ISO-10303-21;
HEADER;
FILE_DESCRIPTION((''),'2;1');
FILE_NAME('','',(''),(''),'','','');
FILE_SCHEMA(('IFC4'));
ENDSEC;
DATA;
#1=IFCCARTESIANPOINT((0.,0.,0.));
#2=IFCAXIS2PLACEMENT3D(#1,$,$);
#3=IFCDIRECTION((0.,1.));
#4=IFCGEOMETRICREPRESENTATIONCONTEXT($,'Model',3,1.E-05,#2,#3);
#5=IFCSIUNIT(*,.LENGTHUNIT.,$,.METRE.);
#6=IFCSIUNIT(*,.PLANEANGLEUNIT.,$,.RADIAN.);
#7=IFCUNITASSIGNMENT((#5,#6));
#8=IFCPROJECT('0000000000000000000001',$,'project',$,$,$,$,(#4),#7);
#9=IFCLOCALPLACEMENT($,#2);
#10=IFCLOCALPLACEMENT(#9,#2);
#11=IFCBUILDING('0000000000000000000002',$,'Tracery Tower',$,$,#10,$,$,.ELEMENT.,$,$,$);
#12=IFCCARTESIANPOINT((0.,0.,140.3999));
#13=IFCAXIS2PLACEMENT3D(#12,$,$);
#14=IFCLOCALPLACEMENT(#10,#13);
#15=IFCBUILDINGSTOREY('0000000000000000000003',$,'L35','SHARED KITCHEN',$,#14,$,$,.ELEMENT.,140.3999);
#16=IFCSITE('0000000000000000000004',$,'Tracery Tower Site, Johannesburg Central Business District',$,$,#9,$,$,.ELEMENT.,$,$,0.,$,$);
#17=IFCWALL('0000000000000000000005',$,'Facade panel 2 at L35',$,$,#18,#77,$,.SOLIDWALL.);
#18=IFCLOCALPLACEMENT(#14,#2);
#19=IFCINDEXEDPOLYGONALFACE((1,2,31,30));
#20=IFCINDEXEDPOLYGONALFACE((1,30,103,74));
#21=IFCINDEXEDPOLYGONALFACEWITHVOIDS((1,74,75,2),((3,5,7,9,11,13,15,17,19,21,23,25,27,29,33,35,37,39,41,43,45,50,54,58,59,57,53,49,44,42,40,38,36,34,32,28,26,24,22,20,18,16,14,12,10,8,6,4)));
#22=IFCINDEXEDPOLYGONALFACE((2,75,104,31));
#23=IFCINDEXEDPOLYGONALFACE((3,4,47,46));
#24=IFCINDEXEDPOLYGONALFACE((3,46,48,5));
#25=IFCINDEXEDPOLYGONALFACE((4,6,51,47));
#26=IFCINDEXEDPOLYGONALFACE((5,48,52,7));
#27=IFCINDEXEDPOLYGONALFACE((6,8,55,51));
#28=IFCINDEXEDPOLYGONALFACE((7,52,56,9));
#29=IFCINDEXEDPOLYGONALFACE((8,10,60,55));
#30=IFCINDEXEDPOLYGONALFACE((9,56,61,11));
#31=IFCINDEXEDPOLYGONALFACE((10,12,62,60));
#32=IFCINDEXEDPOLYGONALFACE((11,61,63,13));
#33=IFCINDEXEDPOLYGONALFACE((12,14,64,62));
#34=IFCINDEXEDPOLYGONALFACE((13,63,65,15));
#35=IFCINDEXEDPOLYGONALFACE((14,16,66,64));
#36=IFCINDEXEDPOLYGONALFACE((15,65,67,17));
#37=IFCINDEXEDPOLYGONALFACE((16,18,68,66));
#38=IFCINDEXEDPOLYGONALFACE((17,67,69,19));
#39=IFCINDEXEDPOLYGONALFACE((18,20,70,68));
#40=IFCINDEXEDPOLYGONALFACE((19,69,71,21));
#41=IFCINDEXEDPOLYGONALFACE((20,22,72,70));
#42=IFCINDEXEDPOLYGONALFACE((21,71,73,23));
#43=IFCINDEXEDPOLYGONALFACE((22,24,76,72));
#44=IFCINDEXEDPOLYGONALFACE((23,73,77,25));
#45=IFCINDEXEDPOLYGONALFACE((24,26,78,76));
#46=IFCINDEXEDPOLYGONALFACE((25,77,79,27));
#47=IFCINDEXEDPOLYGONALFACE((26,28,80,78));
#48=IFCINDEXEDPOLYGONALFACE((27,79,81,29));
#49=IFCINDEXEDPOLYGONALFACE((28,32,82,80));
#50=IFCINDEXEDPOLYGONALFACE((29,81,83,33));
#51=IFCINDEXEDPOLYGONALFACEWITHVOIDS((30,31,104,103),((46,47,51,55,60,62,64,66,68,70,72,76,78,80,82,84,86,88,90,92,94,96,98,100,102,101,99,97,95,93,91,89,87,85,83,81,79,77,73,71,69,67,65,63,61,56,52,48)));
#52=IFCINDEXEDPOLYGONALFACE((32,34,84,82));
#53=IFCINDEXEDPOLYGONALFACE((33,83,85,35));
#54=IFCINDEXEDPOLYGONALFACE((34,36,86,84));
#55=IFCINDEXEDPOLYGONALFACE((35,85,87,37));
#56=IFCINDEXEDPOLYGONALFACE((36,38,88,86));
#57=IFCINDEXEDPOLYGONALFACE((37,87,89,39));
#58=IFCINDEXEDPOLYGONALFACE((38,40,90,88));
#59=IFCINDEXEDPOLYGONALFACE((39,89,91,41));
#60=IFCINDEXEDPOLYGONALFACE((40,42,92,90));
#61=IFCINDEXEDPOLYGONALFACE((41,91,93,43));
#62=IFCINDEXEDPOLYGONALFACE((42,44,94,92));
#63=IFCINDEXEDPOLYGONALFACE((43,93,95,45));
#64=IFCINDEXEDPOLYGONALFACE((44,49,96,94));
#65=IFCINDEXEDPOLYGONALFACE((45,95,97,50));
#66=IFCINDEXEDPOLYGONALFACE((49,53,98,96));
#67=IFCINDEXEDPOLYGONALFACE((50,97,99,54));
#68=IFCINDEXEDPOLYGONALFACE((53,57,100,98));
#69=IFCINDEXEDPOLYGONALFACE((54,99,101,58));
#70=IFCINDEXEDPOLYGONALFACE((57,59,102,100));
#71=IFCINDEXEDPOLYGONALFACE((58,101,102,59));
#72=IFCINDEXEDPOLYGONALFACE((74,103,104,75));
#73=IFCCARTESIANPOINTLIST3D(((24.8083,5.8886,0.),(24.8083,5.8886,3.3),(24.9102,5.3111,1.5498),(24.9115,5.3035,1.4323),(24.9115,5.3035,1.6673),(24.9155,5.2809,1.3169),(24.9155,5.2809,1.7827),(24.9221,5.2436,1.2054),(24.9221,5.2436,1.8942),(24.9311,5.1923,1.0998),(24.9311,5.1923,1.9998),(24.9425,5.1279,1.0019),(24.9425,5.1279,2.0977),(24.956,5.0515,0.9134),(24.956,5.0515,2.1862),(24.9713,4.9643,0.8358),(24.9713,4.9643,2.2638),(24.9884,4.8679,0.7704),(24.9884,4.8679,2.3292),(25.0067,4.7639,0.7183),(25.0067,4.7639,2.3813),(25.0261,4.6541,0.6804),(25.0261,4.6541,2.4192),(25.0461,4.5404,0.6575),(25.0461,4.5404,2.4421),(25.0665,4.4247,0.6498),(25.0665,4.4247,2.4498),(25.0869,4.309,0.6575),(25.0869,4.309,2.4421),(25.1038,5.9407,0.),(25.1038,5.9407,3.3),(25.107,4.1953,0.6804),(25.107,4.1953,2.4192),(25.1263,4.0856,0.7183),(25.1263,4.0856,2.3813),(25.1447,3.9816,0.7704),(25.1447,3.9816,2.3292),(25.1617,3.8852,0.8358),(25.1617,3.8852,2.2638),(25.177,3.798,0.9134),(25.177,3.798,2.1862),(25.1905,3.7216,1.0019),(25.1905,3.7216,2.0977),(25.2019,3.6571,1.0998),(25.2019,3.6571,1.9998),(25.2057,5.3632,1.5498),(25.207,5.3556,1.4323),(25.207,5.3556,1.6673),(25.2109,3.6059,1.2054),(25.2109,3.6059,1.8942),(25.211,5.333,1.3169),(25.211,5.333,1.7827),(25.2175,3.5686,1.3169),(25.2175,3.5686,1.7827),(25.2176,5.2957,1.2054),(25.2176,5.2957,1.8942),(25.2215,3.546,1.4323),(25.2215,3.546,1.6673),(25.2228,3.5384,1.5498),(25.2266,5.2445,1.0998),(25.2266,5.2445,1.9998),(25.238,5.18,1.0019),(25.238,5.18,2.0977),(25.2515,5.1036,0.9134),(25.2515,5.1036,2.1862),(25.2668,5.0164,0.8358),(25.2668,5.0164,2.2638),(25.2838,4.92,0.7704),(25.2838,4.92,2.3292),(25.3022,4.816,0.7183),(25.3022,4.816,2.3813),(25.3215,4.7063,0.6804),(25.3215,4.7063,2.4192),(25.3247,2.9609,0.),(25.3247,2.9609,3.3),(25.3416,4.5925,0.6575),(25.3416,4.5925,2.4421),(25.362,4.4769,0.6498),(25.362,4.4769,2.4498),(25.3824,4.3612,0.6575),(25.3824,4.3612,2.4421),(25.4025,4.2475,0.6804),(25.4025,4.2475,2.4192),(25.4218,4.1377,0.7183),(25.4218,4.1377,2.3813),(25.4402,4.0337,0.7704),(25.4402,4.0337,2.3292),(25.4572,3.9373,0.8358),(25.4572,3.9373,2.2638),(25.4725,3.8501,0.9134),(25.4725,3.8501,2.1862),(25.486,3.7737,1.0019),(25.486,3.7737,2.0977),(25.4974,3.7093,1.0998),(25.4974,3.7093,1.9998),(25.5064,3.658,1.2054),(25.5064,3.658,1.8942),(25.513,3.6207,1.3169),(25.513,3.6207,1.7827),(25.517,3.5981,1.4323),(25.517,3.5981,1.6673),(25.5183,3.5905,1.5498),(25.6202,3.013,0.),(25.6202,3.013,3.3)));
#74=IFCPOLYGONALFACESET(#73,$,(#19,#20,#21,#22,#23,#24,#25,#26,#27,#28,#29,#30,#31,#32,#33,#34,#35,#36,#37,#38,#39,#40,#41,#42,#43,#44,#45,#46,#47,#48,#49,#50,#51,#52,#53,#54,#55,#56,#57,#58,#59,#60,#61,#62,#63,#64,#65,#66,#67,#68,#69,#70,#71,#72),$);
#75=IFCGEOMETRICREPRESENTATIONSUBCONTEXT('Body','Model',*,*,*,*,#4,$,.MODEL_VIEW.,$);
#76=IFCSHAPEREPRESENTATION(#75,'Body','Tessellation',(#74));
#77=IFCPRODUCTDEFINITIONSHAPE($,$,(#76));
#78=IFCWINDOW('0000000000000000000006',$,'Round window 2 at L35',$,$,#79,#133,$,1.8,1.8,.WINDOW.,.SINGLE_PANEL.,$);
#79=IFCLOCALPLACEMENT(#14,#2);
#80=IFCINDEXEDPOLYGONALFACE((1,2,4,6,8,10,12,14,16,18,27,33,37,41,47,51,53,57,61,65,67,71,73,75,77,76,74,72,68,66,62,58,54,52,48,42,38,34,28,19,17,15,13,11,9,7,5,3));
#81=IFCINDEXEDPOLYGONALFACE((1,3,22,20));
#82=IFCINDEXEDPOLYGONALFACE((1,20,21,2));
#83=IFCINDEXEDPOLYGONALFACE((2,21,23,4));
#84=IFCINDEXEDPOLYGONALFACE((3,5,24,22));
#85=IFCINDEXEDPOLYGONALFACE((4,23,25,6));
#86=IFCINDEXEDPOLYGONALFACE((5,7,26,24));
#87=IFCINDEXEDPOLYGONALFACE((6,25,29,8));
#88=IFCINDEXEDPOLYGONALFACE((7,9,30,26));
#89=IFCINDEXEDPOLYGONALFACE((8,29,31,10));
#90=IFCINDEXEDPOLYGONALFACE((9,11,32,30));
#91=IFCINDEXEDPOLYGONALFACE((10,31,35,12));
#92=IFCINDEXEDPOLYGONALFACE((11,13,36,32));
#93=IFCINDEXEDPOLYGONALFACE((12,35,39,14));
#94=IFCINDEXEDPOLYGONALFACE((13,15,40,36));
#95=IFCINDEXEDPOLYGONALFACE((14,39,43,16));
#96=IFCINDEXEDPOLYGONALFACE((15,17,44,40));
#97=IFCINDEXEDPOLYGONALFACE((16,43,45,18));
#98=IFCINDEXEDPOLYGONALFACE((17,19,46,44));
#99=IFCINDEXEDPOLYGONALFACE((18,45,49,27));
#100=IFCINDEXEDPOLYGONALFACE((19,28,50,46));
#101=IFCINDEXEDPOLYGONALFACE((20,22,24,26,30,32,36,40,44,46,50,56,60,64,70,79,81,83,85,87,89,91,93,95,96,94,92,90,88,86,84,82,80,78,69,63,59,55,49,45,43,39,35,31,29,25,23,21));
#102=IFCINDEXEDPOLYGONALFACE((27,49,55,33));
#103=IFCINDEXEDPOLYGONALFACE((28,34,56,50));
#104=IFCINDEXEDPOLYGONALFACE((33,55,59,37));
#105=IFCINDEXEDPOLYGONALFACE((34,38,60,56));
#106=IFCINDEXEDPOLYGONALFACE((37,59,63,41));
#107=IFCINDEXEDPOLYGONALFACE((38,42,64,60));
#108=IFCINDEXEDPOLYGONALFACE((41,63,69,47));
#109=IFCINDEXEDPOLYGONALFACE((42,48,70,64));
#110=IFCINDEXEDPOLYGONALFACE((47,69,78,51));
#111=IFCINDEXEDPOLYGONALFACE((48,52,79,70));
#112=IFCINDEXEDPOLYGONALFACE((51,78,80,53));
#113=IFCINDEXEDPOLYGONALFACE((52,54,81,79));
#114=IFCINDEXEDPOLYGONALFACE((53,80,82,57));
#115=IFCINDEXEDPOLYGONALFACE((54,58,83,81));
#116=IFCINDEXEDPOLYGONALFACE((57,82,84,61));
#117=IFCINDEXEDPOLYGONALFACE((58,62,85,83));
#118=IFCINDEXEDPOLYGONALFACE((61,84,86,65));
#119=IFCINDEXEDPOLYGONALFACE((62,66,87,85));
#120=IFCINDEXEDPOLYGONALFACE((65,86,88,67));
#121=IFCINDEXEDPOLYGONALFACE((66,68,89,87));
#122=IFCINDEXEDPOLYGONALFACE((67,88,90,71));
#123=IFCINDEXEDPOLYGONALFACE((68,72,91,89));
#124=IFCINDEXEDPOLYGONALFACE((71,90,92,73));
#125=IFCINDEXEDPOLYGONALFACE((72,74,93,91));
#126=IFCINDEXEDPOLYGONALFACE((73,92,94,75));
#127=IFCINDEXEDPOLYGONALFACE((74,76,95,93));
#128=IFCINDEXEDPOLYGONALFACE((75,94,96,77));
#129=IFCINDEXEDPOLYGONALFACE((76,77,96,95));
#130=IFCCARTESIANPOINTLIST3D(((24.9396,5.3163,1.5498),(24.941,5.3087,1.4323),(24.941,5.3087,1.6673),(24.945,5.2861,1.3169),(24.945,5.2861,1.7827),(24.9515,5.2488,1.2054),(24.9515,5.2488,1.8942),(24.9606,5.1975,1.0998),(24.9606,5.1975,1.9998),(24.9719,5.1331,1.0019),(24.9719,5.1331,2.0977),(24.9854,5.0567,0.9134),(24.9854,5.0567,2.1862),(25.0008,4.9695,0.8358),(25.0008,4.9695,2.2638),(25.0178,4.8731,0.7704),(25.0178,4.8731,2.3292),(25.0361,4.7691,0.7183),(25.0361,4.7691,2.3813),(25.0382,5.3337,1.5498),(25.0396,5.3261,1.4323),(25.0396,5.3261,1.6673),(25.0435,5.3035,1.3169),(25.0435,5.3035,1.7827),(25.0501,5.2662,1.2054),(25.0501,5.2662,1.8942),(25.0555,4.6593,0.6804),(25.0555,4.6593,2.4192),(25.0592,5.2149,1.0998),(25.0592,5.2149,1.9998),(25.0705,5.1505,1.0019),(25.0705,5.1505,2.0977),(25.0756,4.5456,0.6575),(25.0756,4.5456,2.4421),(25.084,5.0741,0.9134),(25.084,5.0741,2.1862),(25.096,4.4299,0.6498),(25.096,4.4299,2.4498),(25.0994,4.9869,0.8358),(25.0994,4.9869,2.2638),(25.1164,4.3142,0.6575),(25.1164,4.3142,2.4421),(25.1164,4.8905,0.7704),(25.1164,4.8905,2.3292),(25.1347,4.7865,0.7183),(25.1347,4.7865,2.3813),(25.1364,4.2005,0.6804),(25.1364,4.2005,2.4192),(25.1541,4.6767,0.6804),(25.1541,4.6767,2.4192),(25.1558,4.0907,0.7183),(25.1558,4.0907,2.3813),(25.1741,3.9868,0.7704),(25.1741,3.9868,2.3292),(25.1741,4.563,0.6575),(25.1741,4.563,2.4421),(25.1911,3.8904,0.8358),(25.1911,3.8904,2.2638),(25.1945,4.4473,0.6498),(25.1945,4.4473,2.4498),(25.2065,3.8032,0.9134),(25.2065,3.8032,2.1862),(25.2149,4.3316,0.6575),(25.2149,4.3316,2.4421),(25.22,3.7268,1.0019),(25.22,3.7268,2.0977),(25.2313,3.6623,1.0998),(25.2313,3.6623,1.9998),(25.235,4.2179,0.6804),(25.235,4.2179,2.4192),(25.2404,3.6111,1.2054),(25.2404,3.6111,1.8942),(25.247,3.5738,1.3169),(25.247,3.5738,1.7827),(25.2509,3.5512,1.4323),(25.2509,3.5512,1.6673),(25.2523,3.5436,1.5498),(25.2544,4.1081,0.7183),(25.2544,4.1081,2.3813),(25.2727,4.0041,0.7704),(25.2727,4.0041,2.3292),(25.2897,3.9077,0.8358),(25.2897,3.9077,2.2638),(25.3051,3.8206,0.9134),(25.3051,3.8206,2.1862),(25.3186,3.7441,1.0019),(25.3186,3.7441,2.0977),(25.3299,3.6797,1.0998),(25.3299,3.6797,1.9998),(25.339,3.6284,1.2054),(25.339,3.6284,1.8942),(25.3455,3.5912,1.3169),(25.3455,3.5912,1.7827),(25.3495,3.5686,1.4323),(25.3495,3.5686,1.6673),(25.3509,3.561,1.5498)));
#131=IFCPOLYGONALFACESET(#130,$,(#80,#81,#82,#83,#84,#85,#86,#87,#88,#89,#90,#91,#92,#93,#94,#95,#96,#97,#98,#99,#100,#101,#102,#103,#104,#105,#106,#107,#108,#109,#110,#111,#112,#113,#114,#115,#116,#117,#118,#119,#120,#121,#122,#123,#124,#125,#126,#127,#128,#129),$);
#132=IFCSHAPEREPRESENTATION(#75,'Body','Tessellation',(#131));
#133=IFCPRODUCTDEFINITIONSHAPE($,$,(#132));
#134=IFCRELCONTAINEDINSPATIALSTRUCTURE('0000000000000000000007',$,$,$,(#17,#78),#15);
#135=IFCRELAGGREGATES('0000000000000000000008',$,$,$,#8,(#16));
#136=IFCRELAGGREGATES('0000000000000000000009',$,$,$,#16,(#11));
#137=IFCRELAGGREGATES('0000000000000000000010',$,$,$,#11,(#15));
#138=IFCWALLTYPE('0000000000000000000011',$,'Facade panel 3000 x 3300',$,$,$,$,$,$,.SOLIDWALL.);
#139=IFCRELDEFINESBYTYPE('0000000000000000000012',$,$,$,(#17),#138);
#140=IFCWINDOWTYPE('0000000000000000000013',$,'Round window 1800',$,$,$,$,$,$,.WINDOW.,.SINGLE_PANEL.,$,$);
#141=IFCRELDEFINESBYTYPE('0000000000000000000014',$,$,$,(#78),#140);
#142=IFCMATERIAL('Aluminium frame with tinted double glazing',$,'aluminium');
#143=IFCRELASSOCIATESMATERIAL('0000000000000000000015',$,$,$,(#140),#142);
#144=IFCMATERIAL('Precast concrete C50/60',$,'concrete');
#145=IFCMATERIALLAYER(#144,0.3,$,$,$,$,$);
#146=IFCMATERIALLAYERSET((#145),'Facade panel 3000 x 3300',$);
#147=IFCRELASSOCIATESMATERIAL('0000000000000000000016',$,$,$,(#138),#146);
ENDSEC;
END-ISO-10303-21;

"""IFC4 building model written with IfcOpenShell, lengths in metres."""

from ifc_helpers import new_model, si_unit, direction, frame, frame_2d, origin, origin_2d, place, context, subcontext, project, spatial, rectangle, circle, extrude, material, layer, layer_set, type_object, element, fill, save


model = new_model("IFC4")

# Units and contexts
model_context = context("Model", 3, precision=1e-05, world=origin(), true_north=direction((0.0, 1.0)))
body_context = subcontext(model_context, "Body", "Model", "MODEL_VIEW")
ifc_project = project(units=[si_unit("LENGTHUNIT", "METRE"), si_unit("PLANEANGLEUNIT", "RADIAN")], contexts=[model_context])

# Site, building, storey
site_placement = place(None, origin())
site = spatial("IfcSite", under=ifc_project, at=site_placement, Name="Tracery Tower Site, Johannesburg Central Business District", CompositionType="ELEMENT", RefElevation=0.0)
building_placement = place(site_placement, origin())
building = spatial("IfcBuilding", under=site, at=building_placement, Name="Tracery Tower", CompositionType="ELEMENT")
storey_placement = place(building_placement, frame((0.0, 0.0, 140.3999)))
storey = spatial("IfcBuildingStorey", under=building, at=storey_placement, Name="L35", Description="SHARED KITCHEN", CompositionType="ELEMENT", Elevation=140.3999)

# Wall, opening, window
ifc_material_1 = material(Name="Aluminium frame with tinted double glazing", Category="aluminium")
window_type = type_object("IfcWindowType", Name="Round window 1800", PartitioningType="SINGLE_PANEL", PredefinedType="WINDOW", material=ifc_material_1)
ifc_material_2 = material(Name="Precast concrete C50/60", Category="concrete")
ifc_layer_1 = layer(ifc_material_2, 0.3)
ifc_layer_set_1 = layer_set([ifc_layer_1], Name="Facade panel 3000 x 3300")
wall_type_1 = type_object("IfcWallType", Name="Facade panel 3000 x 3300", PredefinedType="SOLIDWALL", material=ifc_layer_set_1)
wall_1_placement = place(storey_placement, frame((25.4724, 2.9871, 0.0), z_axis=(0.0, 0.0, 1.0), x_axis=(-0.173687, 0.984801, 0.0)))
wall_1 = element("IfcWall", 1, at=wall_1_placement, inside=storey, type_object=wall_type_1, Name="Facade panel 2 at L35", PredefinedType="SOLIDWALL", context=body_context, shape_type="SweptSolid", body=[
    extrude(rectangle(XDim=2.9729, YDim=0.3, at=frame_2d((1.4863, 0.0))), origin(), (0.0, 0.0, 1.0), 3.3),
])
opening_1_placement = place(wall_1_placement, frame((1.4863, 0.0, 1.5498)))
opening_1 = element("IfcOpeningElement", 2, at=opening_1_placement, cuts=wall_1, PredefinedType="OPENING", context=body_context, shape_type="SweptSolid", body=[
    extrude(circle(Radius=0.9, at=origin_2d()), frame((0.0, 0.1599, 0.0), z_axis=(0.0, -1.0, 0.0), x_axis=(1.0, 0.0, 0.0)), (0.0, 0.0, 1.0), 0.3201),
])
window_1_placement = place(opening_1_placement, origin())
window_1 = element("IfcWindow", 3, at=window_1_placement, inside=storey, type_object=window_type, Name="Round window 2 at L35", OverallHeight=1.8, OverallWidth=1.8, PartitioningType="SINGLE_PANEL", PredefinedType="WINDOW", context=body_context, shape_type="SweptSolid", body=[
    extrude(circle(Radius=0.9, at=origin_2d()), frame((0.0, 0.1201, 0.0), z_axis=(0.0, -1.0, 0.0), x_axis=(1.0, 0.0, 0.0)), (0.0, 0.0, 1.0), 0.1001),
])
fill(opening_1, window_1)

save(model, "model.ifc")
